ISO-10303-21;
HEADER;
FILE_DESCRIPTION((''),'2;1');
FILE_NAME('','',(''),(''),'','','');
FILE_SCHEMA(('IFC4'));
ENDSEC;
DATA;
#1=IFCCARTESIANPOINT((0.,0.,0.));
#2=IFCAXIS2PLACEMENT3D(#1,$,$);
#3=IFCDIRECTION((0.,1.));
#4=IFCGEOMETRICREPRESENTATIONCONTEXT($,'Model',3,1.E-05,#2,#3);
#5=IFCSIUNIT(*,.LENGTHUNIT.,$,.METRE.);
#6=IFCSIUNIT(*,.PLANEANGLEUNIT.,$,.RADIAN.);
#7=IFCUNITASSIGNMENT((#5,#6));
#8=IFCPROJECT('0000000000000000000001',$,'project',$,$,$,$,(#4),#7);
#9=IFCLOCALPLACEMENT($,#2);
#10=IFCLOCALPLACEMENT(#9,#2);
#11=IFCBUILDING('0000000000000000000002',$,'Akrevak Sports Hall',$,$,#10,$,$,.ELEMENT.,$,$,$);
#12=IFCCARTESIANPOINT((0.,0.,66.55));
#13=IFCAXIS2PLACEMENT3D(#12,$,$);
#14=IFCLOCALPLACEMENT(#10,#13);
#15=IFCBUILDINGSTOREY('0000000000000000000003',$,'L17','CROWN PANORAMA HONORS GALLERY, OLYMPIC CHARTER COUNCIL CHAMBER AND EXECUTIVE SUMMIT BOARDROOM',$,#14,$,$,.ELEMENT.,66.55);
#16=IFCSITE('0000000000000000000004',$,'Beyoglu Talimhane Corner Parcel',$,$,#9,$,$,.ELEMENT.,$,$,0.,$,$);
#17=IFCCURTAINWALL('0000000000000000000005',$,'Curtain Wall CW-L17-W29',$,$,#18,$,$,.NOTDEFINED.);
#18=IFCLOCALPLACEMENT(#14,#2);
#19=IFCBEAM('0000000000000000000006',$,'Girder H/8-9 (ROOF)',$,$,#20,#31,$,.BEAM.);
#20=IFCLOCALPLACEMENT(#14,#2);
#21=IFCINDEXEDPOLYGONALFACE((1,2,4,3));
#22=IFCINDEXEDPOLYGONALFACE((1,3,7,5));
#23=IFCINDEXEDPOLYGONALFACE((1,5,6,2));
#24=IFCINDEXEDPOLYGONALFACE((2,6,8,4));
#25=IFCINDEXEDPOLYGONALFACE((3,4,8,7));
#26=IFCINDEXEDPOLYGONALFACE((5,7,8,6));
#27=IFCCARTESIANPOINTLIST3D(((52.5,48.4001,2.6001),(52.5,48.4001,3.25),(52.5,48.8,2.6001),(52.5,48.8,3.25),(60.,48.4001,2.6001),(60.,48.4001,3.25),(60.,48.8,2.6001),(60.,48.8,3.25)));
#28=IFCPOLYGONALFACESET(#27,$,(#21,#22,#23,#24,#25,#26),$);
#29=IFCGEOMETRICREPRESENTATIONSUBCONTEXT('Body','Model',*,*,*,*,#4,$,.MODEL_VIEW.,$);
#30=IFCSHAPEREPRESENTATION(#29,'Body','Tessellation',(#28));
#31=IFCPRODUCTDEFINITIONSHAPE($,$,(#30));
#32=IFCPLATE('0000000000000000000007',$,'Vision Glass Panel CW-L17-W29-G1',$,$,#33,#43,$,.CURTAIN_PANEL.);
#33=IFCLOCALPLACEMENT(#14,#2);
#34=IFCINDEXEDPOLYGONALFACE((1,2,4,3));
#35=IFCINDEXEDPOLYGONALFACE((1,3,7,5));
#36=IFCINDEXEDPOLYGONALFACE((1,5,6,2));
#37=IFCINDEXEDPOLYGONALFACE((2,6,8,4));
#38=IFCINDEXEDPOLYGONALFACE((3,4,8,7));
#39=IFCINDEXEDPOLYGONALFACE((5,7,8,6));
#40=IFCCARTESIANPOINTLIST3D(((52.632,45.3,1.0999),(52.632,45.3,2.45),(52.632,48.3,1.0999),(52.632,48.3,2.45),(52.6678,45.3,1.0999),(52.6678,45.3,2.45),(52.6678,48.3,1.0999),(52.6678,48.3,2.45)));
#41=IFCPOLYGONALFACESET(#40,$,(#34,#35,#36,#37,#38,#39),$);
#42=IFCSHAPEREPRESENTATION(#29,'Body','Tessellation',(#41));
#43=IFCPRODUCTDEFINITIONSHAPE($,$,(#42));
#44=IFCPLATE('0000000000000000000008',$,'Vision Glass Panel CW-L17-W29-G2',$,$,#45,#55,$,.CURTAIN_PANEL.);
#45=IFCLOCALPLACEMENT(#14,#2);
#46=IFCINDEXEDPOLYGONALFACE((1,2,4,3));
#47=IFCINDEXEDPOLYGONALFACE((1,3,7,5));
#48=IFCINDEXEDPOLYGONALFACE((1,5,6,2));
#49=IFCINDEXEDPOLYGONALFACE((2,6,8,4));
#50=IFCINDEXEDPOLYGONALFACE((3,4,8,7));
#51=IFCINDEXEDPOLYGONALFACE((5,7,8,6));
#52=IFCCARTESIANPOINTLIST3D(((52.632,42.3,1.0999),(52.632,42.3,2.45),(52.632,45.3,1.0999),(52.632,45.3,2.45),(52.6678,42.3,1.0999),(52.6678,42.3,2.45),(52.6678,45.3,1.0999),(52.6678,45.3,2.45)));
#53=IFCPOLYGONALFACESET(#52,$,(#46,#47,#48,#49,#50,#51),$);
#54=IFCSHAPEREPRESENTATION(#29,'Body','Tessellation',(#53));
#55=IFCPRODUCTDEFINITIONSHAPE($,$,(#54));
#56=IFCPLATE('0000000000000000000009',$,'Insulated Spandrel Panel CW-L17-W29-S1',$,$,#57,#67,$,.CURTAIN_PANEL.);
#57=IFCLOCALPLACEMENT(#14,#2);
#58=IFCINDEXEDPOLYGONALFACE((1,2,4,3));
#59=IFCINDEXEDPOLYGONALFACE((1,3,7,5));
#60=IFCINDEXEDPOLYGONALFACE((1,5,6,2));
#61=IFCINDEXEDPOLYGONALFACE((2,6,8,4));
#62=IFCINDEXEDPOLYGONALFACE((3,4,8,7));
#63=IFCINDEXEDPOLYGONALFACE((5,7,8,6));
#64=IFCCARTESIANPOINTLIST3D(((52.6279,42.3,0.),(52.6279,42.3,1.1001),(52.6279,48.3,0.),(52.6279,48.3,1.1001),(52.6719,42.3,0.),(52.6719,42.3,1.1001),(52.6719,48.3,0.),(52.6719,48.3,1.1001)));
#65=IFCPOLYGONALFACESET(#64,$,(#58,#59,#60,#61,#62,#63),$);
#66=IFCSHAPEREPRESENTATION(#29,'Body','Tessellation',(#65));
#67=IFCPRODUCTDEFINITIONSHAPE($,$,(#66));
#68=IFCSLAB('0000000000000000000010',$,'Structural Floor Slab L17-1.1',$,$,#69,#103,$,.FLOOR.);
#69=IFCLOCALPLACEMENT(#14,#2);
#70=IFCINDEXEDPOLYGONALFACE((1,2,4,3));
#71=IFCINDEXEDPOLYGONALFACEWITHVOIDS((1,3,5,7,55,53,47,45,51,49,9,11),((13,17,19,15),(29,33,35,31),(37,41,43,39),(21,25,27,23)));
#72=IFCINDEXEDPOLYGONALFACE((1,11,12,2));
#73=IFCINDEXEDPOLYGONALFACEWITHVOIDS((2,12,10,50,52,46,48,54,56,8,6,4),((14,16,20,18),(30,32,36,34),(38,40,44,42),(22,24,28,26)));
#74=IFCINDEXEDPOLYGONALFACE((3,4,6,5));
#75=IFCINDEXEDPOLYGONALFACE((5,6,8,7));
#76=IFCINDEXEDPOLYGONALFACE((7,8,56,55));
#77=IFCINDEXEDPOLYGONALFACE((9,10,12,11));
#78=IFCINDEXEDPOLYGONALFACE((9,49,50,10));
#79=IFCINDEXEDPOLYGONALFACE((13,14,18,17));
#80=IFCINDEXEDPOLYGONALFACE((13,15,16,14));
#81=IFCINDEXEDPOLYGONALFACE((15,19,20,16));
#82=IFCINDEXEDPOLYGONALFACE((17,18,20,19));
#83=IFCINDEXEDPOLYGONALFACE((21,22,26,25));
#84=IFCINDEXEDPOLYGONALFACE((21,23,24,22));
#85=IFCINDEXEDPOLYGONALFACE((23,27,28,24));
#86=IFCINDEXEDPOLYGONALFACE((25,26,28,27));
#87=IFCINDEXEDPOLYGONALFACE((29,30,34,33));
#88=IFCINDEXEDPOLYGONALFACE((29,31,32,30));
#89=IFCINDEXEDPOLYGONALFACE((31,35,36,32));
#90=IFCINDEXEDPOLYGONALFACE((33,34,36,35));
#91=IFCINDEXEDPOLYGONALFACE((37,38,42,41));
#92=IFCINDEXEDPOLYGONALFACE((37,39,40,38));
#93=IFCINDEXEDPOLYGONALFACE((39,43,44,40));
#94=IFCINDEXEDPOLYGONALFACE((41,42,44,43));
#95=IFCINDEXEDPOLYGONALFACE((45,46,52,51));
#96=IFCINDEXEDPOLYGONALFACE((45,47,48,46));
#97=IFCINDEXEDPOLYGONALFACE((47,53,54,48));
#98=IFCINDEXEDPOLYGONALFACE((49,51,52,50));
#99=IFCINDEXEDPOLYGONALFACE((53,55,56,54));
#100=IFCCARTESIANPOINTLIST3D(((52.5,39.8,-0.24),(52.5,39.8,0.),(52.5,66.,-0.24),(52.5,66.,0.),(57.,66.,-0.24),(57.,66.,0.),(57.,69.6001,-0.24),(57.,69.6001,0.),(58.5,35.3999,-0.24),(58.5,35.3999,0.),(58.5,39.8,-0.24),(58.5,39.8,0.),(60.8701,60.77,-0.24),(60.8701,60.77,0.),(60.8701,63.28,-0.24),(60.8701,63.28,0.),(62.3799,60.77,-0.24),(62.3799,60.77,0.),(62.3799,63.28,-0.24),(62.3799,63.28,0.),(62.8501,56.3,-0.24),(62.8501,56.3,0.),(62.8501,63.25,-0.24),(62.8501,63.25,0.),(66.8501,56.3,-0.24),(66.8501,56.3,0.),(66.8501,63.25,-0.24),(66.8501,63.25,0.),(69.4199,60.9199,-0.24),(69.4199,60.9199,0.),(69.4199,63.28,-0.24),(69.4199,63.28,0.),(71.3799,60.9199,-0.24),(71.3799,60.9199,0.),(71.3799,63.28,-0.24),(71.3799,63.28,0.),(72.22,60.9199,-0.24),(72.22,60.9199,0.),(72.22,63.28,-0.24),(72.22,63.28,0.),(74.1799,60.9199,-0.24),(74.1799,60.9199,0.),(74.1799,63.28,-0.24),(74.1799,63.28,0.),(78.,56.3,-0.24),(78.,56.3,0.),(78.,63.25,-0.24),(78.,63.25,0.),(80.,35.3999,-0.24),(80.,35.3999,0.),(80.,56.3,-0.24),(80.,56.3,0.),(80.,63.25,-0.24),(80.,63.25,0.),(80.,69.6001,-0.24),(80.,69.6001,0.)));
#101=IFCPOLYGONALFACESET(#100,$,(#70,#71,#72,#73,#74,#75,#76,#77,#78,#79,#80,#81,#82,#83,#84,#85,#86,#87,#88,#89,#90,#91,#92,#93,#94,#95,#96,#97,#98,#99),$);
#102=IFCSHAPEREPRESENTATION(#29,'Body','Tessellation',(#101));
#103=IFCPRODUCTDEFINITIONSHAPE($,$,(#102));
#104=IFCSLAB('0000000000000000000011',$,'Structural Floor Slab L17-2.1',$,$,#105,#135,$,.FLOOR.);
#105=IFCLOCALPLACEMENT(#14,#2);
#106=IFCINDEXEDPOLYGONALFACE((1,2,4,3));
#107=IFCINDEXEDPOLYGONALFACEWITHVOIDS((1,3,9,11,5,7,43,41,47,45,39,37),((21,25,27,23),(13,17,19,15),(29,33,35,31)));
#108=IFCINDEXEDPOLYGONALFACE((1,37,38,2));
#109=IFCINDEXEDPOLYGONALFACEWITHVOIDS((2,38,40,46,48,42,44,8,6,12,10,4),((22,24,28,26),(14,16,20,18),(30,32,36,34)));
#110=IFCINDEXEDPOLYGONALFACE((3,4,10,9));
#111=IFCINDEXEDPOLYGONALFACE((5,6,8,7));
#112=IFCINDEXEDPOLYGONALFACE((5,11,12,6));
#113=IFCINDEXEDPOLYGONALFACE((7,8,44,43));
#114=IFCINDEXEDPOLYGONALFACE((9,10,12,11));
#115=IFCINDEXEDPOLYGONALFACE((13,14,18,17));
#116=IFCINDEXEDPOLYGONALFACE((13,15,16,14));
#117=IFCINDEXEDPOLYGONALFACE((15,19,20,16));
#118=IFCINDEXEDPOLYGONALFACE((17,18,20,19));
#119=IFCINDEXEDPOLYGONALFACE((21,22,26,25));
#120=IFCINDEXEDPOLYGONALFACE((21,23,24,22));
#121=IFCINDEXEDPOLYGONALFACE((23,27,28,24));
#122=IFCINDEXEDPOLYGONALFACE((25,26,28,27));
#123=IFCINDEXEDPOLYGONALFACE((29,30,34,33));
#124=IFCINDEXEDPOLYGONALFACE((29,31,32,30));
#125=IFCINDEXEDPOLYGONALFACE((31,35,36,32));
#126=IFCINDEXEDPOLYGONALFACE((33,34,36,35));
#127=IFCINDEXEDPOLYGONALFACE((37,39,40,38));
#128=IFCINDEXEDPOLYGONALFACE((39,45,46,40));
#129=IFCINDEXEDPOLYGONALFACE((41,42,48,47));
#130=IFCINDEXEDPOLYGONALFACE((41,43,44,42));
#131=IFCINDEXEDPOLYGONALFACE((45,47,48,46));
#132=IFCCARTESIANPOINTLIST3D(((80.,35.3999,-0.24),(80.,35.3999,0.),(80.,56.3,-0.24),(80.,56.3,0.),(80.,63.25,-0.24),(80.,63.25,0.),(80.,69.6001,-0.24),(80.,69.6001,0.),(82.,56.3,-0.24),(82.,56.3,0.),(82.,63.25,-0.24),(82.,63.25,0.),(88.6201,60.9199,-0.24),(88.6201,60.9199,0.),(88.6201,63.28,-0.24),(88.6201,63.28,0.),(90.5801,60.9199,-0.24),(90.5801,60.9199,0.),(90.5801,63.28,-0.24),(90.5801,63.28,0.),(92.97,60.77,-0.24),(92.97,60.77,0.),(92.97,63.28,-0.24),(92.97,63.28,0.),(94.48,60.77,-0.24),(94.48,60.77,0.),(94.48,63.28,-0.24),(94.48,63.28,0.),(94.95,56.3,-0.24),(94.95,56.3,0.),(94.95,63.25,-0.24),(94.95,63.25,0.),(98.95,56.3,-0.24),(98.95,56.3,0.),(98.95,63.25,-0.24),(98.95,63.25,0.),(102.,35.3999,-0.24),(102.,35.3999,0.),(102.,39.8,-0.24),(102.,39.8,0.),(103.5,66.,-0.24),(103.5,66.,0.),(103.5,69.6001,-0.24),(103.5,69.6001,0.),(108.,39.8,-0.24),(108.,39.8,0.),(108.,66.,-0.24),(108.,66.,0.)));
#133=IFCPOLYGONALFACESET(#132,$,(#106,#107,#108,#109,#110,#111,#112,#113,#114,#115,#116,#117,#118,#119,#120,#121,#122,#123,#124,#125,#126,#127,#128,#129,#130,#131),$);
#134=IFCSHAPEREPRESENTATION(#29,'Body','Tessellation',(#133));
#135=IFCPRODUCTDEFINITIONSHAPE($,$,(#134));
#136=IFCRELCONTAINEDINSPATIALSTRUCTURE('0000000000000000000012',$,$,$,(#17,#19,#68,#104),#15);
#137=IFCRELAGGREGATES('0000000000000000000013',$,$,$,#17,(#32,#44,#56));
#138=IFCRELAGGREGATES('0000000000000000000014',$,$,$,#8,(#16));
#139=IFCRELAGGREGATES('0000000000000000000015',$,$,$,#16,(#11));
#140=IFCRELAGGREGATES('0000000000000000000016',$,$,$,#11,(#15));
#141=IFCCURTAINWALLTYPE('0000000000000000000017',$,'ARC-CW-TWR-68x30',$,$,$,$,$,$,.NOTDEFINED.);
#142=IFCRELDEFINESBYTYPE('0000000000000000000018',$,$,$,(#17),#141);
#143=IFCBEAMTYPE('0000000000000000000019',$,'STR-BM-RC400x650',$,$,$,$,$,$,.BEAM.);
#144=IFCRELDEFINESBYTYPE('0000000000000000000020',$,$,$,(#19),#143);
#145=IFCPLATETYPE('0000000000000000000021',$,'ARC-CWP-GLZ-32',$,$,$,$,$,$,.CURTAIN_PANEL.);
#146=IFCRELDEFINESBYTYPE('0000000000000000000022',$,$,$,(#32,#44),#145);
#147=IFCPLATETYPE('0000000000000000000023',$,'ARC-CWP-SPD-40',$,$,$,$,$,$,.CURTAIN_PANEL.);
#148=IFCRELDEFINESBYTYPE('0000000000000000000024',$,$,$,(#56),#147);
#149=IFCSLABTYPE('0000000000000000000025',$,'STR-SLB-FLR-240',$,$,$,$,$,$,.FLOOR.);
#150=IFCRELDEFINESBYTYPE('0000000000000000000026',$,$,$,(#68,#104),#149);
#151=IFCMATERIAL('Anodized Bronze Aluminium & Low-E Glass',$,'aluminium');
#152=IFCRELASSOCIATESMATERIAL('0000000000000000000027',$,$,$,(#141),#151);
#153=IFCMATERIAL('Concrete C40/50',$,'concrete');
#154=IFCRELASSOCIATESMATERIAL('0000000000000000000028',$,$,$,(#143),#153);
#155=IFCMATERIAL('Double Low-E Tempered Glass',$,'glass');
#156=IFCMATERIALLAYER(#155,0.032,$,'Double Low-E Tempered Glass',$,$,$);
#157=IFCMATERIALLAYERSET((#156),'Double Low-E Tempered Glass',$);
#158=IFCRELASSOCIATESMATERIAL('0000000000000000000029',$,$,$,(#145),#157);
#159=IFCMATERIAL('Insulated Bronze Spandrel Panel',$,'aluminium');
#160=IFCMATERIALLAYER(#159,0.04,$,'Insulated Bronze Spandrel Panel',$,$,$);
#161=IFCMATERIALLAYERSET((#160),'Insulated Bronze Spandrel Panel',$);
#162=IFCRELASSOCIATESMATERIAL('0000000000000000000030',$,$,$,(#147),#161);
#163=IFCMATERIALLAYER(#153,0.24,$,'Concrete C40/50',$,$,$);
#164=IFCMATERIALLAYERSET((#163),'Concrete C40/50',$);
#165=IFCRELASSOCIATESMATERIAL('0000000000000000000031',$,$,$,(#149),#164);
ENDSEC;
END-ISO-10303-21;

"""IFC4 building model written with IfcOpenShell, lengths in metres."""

from ifc_helpers import new_model, si_unit, direction, frame, origin, origin_2d, place, context, subcontext, project, spatial, polyline, rectangle, outline, extrude, material, layer, layer_set, material_profile, profile_set, type_object, element, aggregate, save


model = new_model("IFC4")

# Units and contexts
model_context = context("Model", 3, precision=1e-05, world=origin(), true_north=direction((0.0, 1.0)))
body_context = subcontext(model_context, "Body", "Model", "MODEL_VIEW")
ifc_project = project(units=[si_unit("LENGTHUNIT", "METRE"), si_unit("PLANEANGLEUNIT", "RADIAN")], contexts=[model_context])

# Site, building, storey
site_placement = place(None, origin())
site = spatial("IfcSite", under=ifc_project, at=site_placement, Name="Beyoglu Talimhane Corner Parcel", CompositionType="ELEMENT", RefElevation=0.0)
building_placement = place(site_placement, origin())
building = spatial("IfcBuilding", under=site, at=building_placement, Name="Akrevak Sports Hall", CompositionType="ELEMENT")
storey_placement = place(building_placement, frame((0.0, 0.0, 66.55)))
storey = spatial("IfcBuildingStorey", under=building, at=storey_placement, Name="L17", Description="CROWN PANORAMA HONORS GALLERY, OLYMPIC CHARTER COUNCIL CHAMBER AND EXECUTIVE SUMMIT BOARDROOM", CompositionType="ELEMENT", Elevation=66.55)

# Shared definitions
ifc_material_1 = material(Name="Concrete C40/50", Category="concrete")

# Curtain wall
ifc_material_2 = material(Name="Anodized Bronze Aluminium & Low-E Glass", Category="aluminium")
curtain_wall_type = type_object("IfcCurtainWallType", Name="ARC-CW-TWR-68x30", PredefinedType="NOTDEFINED", material=ifc_material_2)
curtain_wall_placement = place(storey_placement, origin())
curtain_wall = element("IfcCurtainWall", 1, at=curtain_wall_placement, inside=storey, type_object=curtain_wall_type, Name="Curtain Wall CW-L17-W29", PredefinedType="NOTDEFINED")

# Beam
ifc_material_profile_1 = material_profile(ifc_material_1, rectangle(XDim=0.3999, YDim=0.6499, at=origin_2d()), Name="BM 400x650", Category="concrete")
ifc_profile_set_1 = profile_set([ifc_material_profile_1], Name="Concrete C40/50")
beam_type_1 = type_object("IfcBeamType", Name="STR-BM-RC400x650", PredefinedType="BEAM", material=ifc_profile_set_1)
for number, where, z_axis, x_axis, name in (
    (2, (52.5, 48.6001, 2.925), (1.0, 0.0, 0.0), (0.0, 1.0, 0.0), "Girder H/8-9 (ROOF)"),
):
    element("IfcBeam", number, at=place(storey_placement, frame(where, z_axis=z_axis, x_axis=x_axis)), inside=storey, type_object=beam_type_1, Name=name, PredefinedType="BEAM", context=body_context, shape_type="SweptSolid", body=[
        extrude(rectangle(XDim=0.3999, YDim=0.6499, at=origin_2d()), origin(), (0.0, 0.0, 1.0), 7.5),
    ])

# Plates
ifc_material_3 = material(Name="Double Low-E Tempered Glass", Category="glass")
ifc_layer_1 = layer(ifc_material_3, 0.032, Name="Double Low-E Tempered Glass")
ifc_layer_set_1 = layer_set([ifc_layer_1], Name="Double Low-E Tempered Glass")
plate_type_1 = type_object("IfcPlateType", Name="ARC-CWP-GLZ-32", PredefinedType="CURTAIN_PANEL", material=ifc_layer_set_1)
plate_1_placement = place(storey_placement, frame((52.6499, 46.8, 1.0999), z_axis=(0.0, 0.0, 1.0), x_axis=(0.0, -1.0, 0.0)))
plate_1 = element("IfcPlate", 3, at=plate_1_placement, type_object=plate_type_1, Name="Vision Glass Panel CW-L17-W29-G1", PredefinedType="CURTAIN_PANEL", context=body_context, shape_type="SweptSolid", body=[
    extrude(rectangle(XDim=3.0, YDim=0.0359, at=origin_2d()), origin(), (0.0, 0.0, 1.0), 1.3501),
])
plate_2_placement = place(storey_placement, frame((52.6499, 43.8, 1.0999), z_axis=(0.0, 0.0, 1.0), x_axis=(0.0, -1.0, 0.0)))
plate_2 = element("IfcPlate", 4, at=plate_2_placement, type_object=plate_type_1, Name="Vision Glass Panel CW-L17-W29-G2", PredefinedType="CURTAIN_PANEL", context=body_context, shape_type="SweptSolid", body=[
    extrude(rectangle(XDim=3.0, YDim=0.0359, at=origin_2d()), origin(), (0.0, 0.0, 1.0), 1.3501),
])
ifc_material_4 = material(Name="Insulated Bronze Spandrel Panel", Category="aluminium")
ifc_layer_2 = layer(ifc_material_4, 0.04, Name="Insulated Bronze Spandrel Panel")
ifc_layer_set_2 = layer_set([ifc_layer_2], Name="Insulated Bronze Spandrel Panel")
plate_type_2 = type_object("IfcPlateType", Name="ARC-CWP-SPD-40", PredefinedType="CURTAIN_PANEL", material=ifc_layer_set_2)
plate_3_placement = place(storey_placement, frame((52.6499, 45.3, 0.0), z_axis=(0.0, 0.0, 1.0), x_axis=(0.0, -1.0, 0.0)))
plate_3 = element("IfcPlate", 5, at=plate_3_placement, type_object=plate_type_2, Name="Insulated Spandrel Panel CW-L17-W29-S1", PredefinedType="CURTAIN_PANEL", context=body_context, shape_type="SweptSolid", body=[
    extrude(rectangle(XDim=6.0, YDim=0.0439, at=origin_2d()), origin(), (0.0, 0.0, 1.0), 1.1001),
])
aggregate(curtain_wall, [plate_1, plate_2, plate_3])

# Slabs
ifc_layer_3 = layer(ifc_material_1, 0.24, Name="Concrete C40/50")
ifc_layer_set_3 = layer_set([ifc_layer_3], Name="Concrete C40/50")
slab_type_1 = type_object("IfcSlabType", Name="STR-SLB-FLR-240", PredefinedType="FLOOR", material=ifc_layer_set_3)
slab_1_placement = place(storey_placement, frame((0.0, 0.0, -0.24)))
element("IfcSlab", 6, at=slab_1_placement, inside=storey, type_object=slab_type_1, Name="Structural Floor Slab L17-1.1", PredefinedType="FLOOR", context=body_context, shape_type="SweptSolid", body=[
    extrude(outline(polyline([(58.5, 39.8), (58.5, 35.3999), (80.0, 35.3999), (80.0, 56.3), (78.0, 56.3), (78.0, 63.25), (80.0, 63.25), (80.0, 69.6001), (57.0, 69.6001), (57.0, 66.0), (52.5, 66.0), (52.5, 39.8), (58.5, 39.8)]), holes=[polyline([(62.8501, 63.25), (66.8501, 63.25), (66.8501, 56.3), (62.8501, 56.3), (62.8501, 63.25)]), polyline([(60.8701, 63.28), (62.3799, 63.28), (62.3799, 60.77), (60.8701, 60.77), (60.8701, 63.28)]), polyline([(69.4199, 63.28), (71.3799, 63.28), (71.3799, 60.9199), (69.4199, 60.9199), (69.4199, 63.28)]), polyline([(72.22, 63.28), (74.1799, 63.28), (74.1799, 60.9199), (72.22, 60.9199), (72.22, 63.28)])]), origin(), (0.0, 0.0, 1.0), 0.24),
])
slab_2_placement = place(storey_placement, frame((0.0, 0.0, -0.24)))
element("IfcSlab", 7, at=slab_2_placement, inside=storey, type_object=slab_type_1, Name="Structural Floor Slab L17-2.1", PredefinedType="FLOOR", context=body_context, shape_type="SweptSolid", body=[
    extrude(outline(polyline([(80.0, 69.6001), (80.0, 63.25), (82.0, 63.25), (82.0, 56.3), (80.0, 56.3), (80.0, 35.3999), (102.0, 35.3999), (102.0, 39.8), (108.0, 39.8), (108.0, 66.0), (103.5, 66.0), (103.5, 69.6001), (80.0, 69.6001)]), holes=[polyline([(94.95, 63.25), (98.95, 63.25), (98.95, 56.3), (94.95, 56.3), (94.95, 63.25)]), polyline([(92.97, 63.28), (94.48, 63.28), (94.48, 60.77), (92.97, 60.77), (92.97, 63.28)]), polyline([(88.6201, 63.28), (90.5801, 63.28), (90.5801, 60.9199), (88.6201, 60.9199), (88.6201, 63.28)])]), origin(), (0.0, 0.0, 1.0), 0.24),
])

save(model, "model.ifc")
